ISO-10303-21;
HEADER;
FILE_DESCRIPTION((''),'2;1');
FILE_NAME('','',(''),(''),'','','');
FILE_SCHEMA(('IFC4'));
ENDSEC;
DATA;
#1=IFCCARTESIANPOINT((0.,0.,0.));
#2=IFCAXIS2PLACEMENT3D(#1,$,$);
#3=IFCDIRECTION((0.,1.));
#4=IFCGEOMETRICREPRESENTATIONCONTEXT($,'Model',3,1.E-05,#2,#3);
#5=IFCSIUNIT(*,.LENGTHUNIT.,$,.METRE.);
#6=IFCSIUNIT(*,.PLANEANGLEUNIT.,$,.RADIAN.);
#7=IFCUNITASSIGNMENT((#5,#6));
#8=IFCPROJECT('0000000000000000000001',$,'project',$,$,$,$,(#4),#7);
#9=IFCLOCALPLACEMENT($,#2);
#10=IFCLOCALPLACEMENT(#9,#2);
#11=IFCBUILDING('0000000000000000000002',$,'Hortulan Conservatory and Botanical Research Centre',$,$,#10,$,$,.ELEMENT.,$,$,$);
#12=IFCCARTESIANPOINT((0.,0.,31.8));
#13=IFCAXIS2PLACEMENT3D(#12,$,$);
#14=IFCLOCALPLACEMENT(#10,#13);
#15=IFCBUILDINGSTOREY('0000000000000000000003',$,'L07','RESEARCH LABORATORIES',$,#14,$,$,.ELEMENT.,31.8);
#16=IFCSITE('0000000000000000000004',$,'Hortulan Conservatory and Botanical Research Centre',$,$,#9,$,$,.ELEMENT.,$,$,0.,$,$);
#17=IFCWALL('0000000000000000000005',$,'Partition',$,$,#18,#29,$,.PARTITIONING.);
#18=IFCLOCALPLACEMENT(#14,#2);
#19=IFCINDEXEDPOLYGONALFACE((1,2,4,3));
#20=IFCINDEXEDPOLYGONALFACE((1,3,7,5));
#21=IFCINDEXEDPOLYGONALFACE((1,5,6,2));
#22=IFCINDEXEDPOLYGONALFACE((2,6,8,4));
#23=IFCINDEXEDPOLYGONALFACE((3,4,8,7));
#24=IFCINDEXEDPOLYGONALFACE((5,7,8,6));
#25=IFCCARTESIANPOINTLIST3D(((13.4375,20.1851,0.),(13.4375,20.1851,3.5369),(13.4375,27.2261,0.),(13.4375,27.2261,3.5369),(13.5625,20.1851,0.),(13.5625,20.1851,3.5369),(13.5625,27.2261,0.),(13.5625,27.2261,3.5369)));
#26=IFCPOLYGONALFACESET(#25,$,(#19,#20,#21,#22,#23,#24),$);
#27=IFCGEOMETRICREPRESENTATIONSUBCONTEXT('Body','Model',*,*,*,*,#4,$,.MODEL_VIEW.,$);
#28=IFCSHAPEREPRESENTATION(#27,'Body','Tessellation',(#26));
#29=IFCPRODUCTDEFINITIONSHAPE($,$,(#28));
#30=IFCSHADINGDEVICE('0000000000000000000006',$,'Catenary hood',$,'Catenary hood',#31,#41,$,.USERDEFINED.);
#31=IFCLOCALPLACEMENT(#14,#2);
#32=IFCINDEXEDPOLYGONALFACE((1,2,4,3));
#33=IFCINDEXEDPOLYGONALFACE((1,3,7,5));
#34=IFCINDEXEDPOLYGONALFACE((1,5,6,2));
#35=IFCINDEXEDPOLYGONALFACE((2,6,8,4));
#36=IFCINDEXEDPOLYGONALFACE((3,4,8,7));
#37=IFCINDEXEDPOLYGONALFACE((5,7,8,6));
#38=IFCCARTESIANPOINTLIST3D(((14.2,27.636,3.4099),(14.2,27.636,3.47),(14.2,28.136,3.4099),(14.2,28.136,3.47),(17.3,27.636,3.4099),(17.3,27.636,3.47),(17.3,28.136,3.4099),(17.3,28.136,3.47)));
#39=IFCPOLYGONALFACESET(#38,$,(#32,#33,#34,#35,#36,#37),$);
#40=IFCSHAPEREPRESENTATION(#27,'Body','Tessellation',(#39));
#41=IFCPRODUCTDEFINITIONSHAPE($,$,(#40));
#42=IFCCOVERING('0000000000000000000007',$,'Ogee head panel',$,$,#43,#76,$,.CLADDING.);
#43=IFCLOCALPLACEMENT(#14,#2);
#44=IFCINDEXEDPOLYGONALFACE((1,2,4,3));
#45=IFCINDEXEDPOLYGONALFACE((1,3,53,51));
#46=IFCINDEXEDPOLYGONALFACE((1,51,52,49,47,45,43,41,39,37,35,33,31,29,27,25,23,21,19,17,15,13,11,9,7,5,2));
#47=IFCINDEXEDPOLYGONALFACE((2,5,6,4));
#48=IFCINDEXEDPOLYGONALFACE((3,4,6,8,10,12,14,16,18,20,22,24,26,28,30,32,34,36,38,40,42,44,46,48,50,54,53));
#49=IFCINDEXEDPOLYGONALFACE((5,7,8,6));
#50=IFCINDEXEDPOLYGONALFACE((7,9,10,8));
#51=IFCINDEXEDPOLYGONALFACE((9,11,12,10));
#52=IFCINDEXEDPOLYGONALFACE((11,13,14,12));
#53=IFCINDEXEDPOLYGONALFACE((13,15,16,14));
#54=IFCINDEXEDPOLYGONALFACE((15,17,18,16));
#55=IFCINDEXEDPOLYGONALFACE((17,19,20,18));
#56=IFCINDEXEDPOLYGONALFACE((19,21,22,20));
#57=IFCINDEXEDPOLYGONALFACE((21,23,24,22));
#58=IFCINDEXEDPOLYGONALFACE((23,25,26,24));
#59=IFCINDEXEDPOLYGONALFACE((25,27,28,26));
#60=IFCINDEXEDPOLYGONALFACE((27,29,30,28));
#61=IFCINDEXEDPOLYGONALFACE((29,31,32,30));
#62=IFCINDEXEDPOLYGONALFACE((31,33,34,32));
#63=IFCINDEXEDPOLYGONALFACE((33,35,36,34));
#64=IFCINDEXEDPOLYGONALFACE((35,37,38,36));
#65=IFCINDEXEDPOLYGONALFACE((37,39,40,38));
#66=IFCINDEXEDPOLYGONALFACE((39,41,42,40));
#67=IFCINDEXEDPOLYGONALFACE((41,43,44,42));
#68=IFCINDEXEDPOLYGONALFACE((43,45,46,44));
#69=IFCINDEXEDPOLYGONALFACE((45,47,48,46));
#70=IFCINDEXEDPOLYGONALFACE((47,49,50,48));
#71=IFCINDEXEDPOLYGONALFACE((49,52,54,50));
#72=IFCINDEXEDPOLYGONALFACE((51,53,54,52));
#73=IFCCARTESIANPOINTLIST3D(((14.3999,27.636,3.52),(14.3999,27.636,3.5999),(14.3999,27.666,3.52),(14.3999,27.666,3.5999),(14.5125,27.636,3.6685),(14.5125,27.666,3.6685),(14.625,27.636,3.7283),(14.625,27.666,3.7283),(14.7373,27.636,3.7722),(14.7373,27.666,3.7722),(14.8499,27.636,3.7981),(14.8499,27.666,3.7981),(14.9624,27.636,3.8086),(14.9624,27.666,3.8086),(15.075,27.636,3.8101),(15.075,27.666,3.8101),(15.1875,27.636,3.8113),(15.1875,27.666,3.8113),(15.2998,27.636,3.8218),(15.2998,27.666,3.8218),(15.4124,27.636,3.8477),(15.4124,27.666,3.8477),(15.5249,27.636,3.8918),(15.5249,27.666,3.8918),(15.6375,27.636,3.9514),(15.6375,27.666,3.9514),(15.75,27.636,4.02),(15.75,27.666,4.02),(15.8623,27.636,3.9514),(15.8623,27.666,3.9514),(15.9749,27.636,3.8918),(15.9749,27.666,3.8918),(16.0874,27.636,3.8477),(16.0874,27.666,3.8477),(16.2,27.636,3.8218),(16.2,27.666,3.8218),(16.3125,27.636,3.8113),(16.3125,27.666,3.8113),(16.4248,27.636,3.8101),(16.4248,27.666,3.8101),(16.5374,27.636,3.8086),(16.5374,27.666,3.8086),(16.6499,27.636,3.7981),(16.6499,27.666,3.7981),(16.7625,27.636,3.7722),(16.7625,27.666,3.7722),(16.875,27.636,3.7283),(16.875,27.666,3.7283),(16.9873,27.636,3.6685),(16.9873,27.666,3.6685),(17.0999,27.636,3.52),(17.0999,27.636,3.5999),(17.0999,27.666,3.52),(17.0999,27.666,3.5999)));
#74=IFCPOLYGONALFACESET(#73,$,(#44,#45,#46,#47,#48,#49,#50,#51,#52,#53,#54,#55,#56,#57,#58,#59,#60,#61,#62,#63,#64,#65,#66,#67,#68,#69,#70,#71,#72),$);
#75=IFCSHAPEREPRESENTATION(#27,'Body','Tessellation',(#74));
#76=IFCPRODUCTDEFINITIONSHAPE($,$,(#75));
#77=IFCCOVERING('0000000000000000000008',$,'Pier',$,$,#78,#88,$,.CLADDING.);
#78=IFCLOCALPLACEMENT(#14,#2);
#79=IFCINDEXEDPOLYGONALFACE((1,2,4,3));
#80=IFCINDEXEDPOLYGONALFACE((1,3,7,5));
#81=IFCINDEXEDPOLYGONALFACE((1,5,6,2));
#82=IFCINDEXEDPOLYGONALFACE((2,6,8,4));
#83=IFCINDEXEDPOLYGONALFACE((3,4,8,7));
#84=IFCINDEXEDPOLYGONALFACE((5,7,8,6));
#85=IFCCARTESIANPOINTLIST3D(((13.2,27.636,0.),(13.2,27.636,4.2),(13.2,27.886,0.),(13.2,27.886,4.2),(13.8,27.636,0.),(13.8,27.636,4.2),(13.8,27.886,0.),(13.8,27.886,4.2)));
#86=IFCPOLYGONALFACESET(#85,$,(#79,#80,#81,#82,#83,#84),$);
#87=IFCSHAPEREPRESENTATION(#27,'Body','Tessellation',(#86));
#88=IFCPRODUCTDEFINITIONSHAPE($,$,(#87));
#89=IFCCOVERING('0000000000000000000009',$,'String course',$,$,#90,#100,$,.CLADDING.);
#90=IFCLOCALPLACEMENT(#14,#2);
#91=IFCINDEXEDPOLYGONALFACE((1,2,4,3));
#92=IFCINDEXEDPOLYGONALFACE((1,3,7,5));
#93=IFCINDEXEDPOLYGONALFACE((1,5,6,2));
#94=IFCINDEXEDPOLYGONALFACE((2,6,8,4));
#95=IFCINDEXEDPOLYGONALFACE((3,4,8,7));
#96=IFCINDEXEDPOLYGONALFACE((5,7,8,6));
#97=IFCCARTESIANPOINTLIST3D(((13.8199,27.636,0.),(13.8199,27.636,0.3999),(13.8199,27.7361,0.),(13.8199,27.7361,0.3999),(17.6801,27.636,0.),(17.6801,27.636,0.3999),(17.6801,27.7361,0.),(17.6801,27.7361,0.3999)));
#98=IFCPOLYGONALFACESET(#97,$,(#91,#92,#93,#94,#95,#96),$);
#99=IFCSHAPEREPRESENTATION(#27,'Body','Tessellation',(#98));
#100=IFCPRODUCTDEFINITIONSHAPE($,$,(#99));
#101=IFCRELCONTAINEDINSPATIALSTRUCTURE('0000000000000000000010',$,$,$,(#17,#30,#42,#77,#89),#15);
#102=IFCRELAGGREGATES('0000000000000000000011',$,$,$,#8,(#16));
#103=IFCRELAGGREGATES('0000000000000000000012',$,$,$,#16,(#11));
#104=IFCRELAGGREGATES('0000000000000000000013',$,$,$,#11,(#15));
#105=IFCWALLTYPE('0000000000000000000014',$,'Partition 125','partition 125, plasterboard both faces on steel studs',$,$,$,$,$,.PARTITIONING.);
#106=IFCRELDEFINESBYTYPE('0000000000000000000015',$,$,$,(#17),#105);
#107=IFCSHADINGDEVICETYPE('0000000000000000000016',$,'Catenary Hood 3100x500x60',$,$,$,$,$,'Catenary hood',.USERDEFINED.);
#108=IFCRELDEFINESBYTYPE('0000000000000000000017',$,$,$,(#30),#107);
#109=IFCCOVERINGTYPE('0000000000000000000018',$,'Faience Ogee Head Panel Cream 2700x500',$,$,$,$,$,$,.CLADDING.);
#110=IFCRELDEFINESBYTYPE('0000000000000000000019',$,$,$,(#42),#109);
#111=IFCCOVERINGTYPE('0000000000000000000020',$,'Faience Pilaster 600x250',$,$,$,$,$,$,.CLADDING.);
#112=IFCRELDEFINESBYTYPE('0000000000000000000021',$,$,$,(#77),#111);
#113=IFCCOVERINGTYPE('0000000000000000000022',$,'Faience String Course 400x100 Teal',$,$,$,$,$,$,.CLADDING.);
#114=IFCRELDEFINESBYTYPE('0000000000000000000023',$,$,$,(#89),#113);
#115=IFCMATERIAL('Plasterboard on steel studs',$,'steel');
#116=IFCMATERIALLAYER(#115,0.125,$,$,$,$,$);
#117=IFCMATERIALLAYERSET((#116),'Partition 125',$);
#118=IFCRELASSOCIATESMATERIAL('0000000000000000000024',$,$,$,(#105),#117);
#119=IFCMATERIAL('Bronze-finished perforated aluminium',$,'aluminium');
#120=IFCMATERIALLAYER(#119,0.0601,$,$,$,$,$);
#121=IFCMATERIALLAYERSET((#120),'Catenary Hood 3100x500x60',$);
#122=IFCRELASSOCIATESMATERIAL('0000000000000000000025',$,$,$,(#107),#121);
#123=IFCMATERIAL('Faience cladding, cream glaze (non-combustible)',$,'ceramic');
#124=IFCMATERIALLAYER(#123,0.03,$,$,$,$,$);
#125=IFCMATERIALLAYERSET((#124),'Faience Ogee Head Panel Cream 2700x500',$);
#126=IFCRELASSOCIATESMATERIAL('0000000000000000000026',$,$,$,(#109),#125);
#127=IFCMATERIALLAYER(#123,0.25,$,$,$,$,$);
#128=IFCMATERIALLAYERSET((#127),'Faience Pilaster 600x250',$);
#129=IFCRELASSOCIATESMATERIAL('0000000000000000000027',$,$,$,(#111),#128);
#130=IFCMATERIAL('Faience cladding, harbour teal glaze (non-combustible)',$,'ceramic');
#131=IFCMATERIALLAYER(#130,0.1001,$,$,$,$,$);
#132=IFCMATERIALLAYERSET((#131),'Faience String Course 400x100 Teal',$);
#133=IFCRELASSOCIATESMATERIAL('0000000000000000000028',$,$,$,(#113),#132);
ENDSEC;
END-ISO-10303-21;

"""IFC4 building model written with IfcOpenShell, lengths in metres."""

from ifc_helpers import new_model, si_unit, direction, frame, frame_2d, origin, origin_2d, place, context, subcontext, project, spatial, polyline, rectangle, outline, extrude, material, layer, layer_set, type_object, element, save


model = new_model("IFC4")

# Units and contexts
model_context = context("Model", 3, precision=1e-05, world=origin(), true_north=direction((0.0, 1.0)))
body_context = subcontext(model_context, "Body", "Model", "MODEL_VIEW")
ifc_project = project(units=[si_unit("LENGTHUNIT", "METRE"), si_unit("PLANEANGLEUNIT", "RADIAN")], contexts=[model_context])

# Site, building, storey
site_placement = place(None, origin())
site = spatial("IfcSite", under=ifc_project, at=site_placement, Name="Hortulan Conservatory and Botanical Research Centre", CompositionType="ELEMENT", RefElevation=0.0)
building_placement = place(site_placement, origin())
building = spatial("IfcBuilding", under=site, at=building_placement, Name="Hortulan Conservatory and Botanical Research Centre", CompositionType="ELEMENT")
storey_placement = place(building_placement, frame((0.0, 0.0, 31.8)))
storey = spatial("IfcBuildingStorey", under=building, at=storey_placement, Name="L07", Description="RESEARCH LABORATORIES", CompositionType="ELEMENT", Elevation=31.8)

# Wall
ifc_material_1 = material(Name="Plasterboard on steel studs", Category="steel")
ifc_layer_1 = layer(ifc_material_1, 0.125)
ifc_layer_set_1 = layer_set([ifc_layer_1], Name="Partition 125")
wall_type_1 = type_object("IfcWallType", Name="Partition 125", Description="partition 125, plasterboard both faces on steel studs", PredefinedType="PARTITIONING", material=ifc_layer_set_1)
wall_1_placement = place(storey_placement, frame((13.5, 20.1851, 0.0), z_axis=(0.0, 0.0, 1.0), x_axis=(0.0, 1.0, 0.0)))
element("IfcWall", 1, at=wall_1_placement, inside=storey, type_object=wall_type_1, Name="Partition", PredefinedType="PARTITIONING", context=body_context, shape_type="SweptSolid", body=[
    extrude(rectangle(XDim=7.041, YDim=0.125, at=frame_2d((3.5205, 0.0))), origin(), (0.0, 0.0, 1.0), 3.5369),
])

# Shading device
ifc_material_2 = material(Name="Bronze-finished perforated aluminium", Category="aluminium")
ifc_layer_2 = layer(ifc_material_2, 0.0601)
ifc_layer_set_2 = layer_set([ifc_layer_2], Name="Catenary Hood 3100x500x60")
shading_device_type = type_object("IfcShadingDeviceType", Name="Catenary Hood 3100x500x60", ElementType="Catenary hood", PredefinedType="USERDEFINED", material=ifc_layer_set_2)
shading_device_placement = place(storey_placement, frame((15.75, 27.886, 3.4099), z_axis=(0.0, 0.0, 1.0), x_axis=(1.0, 0.0, 0.0)))
element("IfcShadingDevice", 2, at=shading_device_placement, inside=storey, type_object=shading_device_type, Name="Catenary hood", ObjectType="Catenary hood", PredefinedType="USERDEFINED", context=body_context, shape_type="SweptSolid", body=[
    extrude(rectangle(XDim=3.1001, YDim=0.5, at=origin_2d()), origin(), (0.0, 0.0, 1.0), 0.0601),
])

# Coverings
ifc_material_3 = material(Name="Faience cladding, cream glaze (non-combustible)", Category="ceramic")
ifc_layer_3 = layer(ifc_material_3, 0.03)
ifc_layer_set_3 = layer_set([ifc_layer_3], Name="Faience Ogee Head Panel Cream 2700x500")
covering_type_1 = type_object("IfcCoveringType", Name="Faience Ogee Head Panel Cream 2700x500", PredefinedType="CLADDING", material=ifc_layer_set_3)
covering_1_placement = place(storey_placement, frame((14.3999, 27.6509, 3.52), z_axis=(0.0, 0.0, 1.0), x_axis=(1.0, 0.0, 0.0)))
element("IfcCovering", 3, at=covering_1_placement, inside=storey, type_object=covering_type_1, Name="Ogee head panel", PredefinedType="CLADDING", context=body_context, shape_type="SweptSolid", body=[
    extrude(outline(polyline([(0.0, 0.0), (2.7, 0.0), (2.7, 0.0798), (2.5874, 0.1484), (2.4751, 0.2083), (2.3625, 0.2522), (2.25, 0.2781), (2.1375, 0.2886), (2.0249, 0.29), (1.9126, 0.2913), (1.8, 0.3018), (1.6875, 0.3276), (1.575, 0.3718), (1.4624, 0.4314), (1.3501, 0.5), (1.2375, 0.4314), (1.125, 0.3718), (1.0125, 0.3276), (0.8999, 0.3018), (0.7876, 0.2913), (0.675, 0.29), (0.5625, 0.2886), (0.45, 0.2781), (0.3374, 0.2522), (0.2251, 0.2083), (0.1125, 0.1484), (0.0, 0.0798), (0.0, 0.0)])), frame((0.0, 0.0151, 0.0), z_axis=(0.0, -1.0, 0.0), x_axis=(1.0, 0.0, 0.0)), (0.0, 0.0, 1.0), 0.03),
])
ifc_layer_4 = layer(ifc_material_3, 0.25)
ifc_layer_set_4 = layer_set([ifc_layer_4], Name="Faience Pilaster 600x250")
covering_type_2 = type_object("IfcCoveringType", Name="Faience Pilaster 600x250", PredefinedType="CLADDING", material=ifc_layer_set_4)
covering_2_placement = place(storey_placement, frame((13.5, 27.761, 0.0), z_axis=(0.0, 0.0, 1.0), x_axis=(1.0, 0.0, 0.0)))
element("IfcCovering", 4, at=covering_2_placement, inside=storey, type_object=covering_type_2, Name="Pier", PredefinedType="CLADDING", context=body_context, shape_type="SweptSolid", body=[
    extrude(rectangle(XDim=0.6001, YDim=0.25, at=origin_2d()), origin(), (0.0, 0.0, 1.0), 4.2),
])
ifc_material_4 = material(Name="Faience cladding, harbour teal glaze (non-combustible)", Category="ceramic")
ifc_layer_5 = layer(ifc_material_4, 0.1001)
ifc_layer_set_5 = layer_set([ifc_layer_5], Name="Faience String Course 400x100 Teal")
covering_type_3 = type_object("IfcCoveringType", Name="Faience String Course 400x100 Teal", PredefinedType="CLADDING", material=ifc_layer_set_5)
covering_3_placement = place(storey_placement, frame((15.75, 27.686, 0.0), z_axis=(0.0, 0.0, 1.0), x_axis=(1.0, 0.0, 0.0)))
element("IfcCovering", 5, at=covering_3_placement, inside=storey, type_object=covering_type_3, Name="String course", PredefinedType="CLADDING", context=body_context, shape_type="SweptSolid", body=[
    extrude(rectangle(XDim=3.8601, YDim=0.1001, at=origin_2d()), origin(), (0.0, 0.0, 1.0), 0.3999),
])

save(model, "model.ifc")
